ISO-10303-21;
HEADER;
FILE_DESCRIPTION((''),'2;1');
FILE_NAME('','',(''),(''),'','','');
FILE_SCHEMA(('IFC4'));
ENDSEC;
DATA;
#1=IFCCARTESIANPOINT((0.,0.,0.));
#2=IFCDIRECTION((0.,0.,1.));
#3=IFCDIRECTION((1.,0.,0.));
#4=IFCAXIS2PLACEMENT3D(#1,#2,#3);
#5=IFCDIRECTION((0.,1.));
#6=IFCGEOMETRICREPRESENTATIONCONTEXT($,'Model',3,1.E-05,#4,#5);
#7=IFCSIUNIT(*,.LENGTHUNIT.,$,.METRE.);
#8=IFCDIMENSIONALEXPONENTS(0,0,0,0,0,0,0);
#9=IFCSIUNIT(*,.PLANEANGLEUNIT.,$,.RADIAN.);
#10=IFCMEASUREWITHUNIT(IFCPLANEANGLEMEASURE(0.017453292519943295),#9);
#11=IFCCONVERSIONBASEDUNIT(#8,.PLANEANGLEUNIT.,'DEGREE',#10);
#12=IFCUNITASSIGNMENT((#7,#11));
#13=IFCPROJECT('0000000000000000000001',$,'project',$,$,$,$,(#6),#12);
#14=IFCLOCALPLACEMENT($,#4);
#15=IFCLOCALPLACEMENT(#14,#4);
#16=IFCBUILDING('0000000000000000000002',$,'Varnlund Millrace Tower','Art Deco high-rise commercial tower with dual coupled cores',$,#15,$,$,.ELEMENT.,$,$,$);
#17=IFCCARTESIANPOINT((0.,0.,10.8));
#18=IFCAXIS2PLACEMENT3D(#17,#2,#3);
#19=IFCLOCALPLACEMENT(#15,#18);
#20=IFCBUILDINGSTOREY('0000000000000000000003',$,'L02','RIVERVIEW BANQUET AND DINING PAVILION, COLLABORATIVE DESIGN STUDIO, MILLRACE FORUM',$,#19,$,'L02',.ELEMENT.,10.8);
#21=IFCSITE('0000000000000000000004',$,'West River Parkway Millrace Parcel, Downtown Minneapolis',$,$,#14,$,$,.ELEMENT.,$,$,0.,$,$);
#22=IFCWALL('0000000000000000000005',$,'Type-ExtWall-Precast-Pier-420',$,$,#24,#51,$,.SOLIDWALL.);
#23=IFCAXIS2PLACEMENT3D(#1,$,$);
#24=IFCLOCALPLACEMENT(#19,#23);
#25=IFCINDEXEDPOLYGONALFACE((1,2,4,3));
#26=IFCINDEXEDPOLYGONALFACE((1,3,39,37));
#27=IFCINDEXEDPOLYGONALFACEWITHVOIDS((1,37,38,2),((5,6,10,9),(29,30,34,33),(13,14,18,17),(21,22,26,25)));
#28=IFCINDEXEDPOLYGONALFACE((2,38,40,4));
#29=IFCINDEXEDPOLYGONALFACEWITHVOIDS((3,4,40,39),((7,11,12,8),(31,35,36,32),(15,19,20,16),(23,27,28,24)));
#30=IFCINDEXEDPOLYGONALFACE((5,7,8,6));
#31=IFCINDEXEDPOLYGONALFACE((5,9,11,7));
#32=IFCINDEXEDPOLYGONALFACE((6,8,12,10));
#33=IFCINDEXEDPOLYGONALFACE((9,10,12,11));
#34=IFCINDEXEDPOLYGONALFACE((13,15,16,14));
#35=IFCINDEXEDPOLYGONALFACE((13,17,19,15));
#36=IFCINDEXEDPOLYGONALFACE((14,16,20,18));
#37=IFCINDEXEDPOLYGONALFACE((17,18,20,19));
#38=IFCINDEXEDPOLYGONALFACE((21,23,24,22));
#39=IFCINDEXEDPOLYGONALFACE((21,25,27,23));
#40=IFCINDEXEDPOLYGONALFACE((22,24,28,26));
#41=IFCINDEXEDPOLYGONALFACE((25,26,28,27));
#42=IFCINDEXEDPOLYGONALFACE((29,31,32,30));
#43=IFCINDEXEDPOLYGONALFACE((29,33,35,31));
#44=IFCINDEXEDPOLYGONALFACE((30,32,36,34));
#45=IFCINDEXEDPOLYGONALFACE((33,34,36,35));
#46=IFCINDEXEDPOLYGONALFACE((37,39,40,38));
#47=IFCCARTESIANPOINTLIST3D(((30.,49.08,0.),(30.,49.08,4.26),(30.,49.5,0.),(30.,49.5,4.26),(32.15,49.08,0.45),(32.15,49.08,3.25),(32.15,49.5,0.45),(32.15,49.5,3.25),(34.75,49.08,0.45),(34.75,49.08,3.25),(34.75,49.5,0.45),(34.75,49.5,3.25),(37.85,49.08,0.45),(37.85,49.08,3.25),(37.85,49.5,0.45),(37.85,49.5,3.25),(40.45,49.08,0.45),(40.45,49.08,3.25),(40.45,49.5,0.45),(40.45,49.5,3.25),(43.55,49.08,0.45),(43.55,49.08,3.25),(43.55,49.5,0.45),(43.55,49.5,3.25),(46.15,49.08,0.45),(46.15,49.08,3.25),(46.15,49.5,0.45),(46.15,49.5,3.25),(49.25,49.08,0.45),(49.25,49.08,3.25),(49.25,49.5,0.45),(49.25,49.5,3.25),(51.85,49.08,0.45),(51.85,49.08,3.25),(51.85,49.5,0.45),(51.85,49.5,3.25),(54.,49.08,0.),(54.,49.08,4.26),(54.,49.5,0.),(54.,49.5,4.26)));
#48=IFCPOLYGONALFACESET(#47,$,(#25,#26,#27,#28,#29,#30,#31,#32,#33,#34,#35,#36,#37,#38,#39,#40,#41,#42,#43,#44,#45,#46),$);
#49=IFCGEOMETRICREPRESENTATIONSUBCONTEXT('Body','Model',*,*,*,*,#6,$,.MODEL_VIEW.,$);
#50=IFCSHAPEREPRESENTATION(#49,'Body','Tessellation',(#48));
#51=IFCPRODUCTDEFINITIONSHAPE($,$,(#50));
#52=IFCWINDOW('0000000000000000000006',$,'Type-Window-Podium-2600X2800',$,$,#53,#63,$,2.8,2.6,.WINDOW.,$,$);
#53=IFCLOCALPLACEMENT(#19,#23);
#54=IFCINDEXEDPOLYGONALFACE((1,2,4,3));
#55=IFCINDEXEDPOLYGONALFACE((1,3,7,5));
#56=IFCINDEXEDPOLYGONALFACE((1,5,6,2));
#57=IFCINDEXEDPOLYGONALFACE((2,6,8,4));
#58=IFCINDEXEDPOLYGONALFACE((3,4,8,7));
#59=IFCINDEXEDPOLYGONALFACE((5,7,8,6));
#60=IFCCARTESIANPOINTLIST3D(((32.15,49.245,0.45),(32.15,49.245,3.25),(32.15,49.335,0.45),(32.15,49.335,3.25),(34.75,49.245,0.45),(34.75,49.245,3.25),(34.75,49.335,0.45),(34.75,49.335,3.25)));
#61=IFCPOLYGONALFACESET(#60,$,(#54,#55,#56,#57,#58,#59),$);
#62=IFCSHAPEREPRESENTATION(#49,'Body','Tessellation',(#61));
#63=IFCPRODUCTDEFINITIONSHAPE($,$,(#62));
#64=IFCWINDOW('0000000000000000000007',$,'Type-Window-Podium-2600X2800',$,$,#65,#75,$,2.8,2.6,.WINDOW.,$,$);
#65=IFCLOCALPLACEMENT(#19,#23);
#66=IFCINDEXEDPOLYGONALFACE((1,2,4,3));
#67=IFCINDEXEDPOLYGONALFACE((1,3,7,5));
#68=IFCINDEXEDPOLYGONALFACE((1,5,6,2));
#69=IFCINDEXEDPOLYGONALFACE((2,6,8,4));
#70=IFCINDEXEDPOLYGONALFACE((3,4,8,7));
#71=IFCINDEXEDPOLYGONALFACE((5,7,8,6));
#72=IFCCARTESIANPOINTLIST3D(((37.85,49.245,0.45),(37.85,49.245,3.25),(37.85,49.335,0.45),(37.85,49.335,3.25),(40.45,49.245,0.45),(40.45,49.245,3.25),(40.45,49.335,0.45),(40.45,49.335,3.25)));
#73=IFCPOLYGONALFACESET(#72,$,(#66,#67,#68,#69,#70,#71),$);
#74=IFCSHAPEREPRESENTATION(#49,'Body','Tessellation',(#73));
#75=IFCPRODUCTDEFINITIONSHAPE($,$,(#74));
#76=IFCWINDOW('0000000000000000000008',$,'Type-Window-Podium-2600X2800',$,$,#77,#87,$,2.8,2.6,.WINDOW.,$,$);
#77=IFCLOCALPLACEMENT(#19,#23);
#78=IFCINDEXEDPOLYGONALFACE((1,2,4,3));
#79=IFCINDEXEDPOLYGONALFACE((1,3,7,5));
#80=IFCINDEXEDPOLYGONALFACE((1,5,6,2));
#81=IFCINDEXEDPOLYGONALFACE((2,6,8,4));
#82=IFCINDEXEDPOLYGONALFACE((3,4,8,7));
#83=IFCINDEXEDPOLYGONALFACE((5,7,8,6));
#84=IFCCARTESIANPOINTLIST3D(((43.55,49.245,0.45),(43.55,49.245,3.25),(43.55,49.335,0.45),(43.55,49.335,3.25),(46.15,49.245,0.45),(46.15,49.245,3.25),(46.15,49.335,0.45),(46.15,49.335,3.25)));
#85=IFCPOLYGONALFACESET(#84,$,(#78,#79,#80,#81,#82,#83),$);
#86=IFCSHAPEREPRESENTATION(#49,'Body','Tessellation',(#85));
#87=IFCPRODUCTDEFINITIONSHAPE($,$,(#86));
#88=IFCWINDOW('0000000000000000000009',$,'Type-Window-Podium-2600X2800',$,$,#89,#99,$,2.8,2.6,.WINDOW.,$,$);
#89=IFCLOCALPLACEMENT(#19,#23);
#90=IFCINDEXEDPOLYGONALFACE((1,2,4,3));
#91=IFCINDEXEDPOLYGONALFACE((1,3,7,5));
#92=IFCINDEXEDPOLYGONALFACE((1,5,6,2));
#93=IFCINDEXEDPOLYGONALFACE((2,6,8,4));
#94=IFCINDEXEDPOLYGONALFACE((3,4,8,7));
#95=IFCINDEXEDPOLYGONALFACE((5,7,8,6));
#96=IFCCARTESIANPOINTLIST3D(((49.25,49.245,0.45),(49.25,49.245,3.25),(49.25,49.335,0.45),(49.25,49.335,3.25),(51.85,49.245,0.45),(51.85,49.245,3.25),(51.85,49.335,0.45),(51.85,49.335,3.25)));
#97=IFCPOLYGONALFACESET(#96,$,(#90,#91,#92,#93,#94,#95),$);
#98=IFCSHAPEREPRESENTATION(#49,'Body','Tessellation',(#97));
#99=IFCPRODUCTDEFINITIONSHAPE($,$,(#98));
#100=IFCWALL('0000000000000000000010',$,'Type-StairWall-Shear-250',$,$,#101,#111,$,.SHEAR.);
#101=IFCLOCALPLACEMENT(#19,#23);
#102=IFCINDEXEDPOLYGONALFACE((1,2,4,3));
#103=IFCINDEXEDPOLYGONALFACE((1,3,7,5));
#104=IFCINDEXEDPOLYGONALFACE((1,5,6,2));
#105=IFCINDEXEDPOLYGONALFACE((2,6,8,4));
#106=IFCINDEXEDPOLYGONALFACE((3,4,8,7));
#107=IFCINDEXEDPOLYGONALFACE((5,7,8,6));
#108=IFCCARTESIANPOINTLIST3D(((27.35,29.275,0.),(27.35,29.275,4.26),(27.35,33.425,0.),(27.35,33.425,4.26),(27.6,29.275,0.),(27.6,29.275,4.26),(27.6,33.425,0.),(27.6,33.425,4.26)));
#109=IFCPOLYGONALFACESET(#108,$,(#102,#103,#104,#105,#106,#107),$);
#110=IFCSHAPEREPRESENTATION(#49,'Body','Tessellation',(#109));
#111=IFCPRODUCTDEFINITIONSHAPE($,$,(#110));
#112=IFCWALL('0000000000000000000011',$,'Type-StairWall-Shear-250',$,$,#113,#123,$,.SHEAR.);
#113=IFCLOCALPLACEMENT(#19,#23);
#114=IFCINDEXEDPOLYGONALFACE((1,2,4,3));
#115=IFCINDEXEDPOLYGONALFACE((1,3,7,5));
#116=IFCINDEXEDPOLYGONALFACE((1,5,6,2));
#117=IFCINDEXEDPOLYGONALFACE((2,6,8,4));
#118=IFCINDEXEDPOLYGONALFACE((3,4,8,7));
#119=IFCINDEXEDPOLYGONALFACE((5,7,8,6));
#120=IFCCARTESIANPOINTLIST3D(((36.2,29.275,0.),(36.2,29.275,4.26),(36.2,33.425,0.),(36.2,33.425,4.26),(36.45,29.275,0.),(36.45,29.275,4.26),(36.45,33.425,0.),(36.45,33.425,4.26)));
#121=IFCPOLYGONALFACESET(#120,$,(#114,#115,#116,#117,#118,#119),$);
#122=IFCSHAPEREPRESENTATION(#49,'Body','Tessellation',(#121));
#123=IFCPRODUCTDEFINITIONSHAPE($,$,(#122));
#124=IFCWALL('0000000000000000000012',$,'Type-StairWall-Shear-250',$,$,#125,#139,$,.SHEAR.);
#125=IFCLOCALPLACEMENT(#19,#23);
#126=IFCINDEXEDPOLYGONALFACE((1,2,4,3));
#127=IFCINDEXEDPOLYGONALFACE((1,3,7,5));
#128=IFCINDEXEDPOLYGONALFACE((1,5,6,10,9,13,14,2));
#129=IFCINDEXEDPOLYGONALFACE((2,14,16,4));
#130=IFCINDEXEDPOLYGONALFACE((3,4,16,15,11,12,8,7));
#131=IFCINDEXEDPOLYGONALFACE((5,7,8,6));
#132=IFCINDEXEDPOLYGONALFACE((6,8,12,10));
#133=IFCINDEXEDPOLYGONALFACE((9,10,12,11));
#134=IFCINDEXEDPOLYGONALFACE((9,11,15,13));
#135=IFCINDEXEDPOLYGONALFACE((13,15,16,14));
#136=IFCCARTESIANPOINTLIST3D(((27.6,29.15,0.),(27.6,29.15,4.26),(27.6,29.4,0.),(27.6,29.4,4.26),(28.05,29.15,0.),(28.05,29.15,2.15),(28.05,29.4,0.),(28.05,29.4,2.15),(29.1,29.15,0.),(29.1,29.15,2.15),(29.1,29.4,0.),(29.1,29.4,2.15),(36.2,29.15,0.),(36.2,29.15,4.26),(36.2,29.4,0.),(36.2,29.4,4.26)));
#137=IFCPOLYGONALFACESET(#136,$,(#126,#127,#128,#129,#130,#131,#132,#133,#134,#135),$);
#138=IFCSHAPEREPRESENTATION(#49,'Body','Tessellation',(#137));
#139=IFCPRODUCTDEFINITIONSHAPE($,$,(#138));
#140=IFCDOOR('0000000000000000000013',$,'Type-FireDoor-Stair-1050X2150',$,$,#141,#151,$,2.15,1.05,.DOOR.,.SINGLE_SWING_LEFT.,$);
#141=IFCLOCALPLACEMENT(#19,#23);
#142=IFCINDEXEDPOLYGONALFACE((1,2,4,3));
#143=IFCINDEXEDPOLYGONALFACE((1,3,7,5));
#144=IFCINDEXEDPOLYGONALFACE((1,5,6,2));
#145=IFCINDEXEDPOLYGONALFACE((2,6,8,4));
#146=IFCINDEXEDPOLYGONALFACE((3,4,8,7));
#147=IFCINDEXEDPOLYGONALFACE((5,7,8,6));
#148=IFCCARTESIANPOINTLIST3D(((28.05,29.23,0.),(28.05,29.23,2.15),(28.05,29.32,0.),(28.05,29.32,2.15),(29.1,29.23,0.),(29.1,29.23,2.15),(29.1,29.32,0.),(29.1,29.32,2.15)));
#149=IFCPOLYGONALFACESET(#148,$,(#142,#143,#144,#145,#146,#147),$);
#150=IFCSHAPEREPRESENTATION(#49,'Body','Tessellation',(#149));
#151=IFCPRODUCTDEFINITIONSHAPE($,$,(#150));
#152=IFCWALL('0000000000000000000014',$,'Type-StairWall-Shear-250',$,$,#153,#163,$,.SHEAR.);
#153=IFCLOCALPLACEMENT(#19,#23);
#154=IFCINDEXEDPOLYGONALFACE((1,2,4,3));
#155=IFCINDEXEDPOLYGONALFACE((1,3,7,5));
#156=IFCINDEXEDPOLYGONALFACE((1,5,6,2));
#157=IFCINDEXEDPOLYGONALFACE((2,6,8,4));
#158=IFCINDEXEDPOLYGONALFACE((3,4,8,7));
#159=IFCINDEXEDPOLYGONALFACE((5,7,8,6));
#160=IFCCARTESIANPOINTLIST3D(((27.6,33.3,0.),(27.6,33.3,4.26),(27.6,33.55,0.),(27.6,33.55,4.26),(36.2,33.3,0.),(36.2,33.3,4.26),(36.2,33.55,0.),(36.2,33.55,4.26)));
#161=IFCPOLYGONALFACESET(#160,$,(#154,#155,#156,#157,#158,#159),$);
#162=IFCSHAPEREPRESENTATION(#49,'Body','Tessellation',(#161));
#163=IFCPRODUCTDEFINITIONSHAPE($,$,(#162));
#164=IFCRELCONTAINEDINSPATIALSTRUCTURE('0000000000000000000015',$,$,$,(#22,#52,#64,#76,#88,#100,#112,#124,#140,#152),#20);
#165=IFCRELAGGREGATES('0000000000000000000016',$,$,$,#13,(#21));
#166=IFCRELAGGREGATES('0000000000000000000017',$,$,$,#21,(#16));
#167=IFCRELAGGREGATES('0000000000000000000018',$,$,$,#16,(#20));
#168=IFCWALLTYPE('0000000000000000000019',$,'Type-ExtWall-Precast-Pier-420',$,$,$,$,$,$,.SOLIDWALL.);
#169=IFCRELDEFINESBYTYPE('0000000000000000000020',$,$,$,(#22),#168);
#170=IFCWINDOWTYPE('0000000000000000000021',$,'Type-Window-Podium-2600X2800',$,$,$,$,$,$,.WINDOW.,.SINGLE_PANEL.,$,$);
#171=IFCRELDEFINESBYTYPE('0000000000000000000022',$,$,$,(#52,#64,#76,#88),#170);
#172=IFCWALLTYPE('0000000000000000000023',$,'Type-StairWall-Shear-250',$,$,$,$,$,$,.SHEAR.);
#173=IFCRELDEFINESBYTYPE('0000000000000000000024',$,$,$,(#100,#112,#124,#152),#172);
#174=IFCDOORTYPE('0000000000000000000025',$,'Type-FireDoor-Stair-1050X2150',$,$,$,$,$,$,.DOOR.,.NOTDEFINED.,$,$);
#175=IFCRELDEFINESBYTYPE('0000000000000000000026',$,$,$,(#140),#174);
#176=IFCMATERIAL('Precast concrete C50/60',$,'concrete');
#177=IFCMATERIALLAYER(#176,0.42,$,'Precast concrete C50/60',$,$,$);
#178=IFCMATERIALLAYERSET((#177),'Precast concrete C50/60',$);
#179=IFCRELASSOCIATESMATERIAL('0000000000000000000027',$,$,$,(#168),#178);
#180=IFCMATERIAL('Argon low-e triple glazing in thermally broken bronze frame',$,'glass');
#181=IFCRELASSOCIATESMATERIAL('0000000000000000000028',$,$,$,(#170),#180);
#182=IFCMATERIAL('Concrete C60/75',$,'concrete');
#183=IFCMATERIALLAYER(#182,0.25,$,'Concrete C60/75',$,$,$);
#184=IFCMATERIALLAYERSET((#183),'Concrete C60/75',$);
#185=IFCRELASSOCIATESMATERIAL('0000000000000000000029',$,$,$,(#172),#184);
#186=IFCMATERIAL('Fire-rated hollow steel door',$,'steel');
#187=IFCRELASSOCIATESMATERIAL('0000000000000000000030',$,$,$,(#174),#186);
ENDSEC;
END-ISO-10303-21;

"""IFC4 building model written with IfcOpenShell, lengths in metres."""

from ifc_helpers import new_model, entity, si_unit, converted_unit, direction, frame, origin_with_axes, origin_2d_with_axis, place, context, subcontext, project, spatial, polyline, rectangle, outline, extrude, material, layer, layer_set, type_object, element, fill, save


model = new_model("IFC4")

# Units and contexts
model_context = context("Model", 3, precision=1e-05, world=origin_with_axes(), true_north=direction((0.0, 1.0)))
body_context = subcontext(model_context, "Body", "Model", "MODEL_VIEW")
ifc_project = project(units=[si_unit("LENGTHUNIT", "METRE"), converted_unit("PLANEANGLEUNIT", "DEGREE", entity("IfcPlaneAngleMeasure", 0.017453292519943295), si_unit("PLANEANGLEUNIT", "RADIAN"), dimensions=[0, 0, 0, 0, 0, 0, 0])], contexts=[model_context])

# Site, building, storey
site_placement = place(None, origin_with_axes())
site = spatial("IfcSite", under=ifc_project, at=site_placement, Name="West River Parkway Millrace Parcel, Downtown Minneapolis", CompositionType="ELEMENT", RefElevation=0.0)
building_placement = place(site_placement, origin_with_axes())
building = spatial("IfcBuilding", under=site, at=building_placement, Name="Varnlund Millrace Tower", Description="Art Deco high-rise commercial tower with dual coupled cores", CompositionType="ELEMENT")
storey_placement = place(building_placement, frame((0.0, 0.0, 10.8), z_axis=(0.0, 0.0, 1.0), x_axis=(1.0, 0.0, 0.0)))
storey = spatial("IfcBuildingStorey", under=building, at=storey_placement, Name="L02", Description="RIVERVIEW BANQUET AND DINING PAVILION, COLLABORATIVE DESIGN STUDIO, MILLRACE FORUM", LongName="L02", CompositionType="ELEMENT", Elevation=10.8)

# Wall, openings, windows
ifc_material_1 = material(Name="Precast concrete C50/60", Category="concrete")
ifc_layer_1 = layer(ifc_material_1, 0.42, Name="Precast concrete C50/60")
ifc_layer_set_1 = layer_set([ifc_layer_1], Name="Precast concrete C50/60")
wall_type_1 = type_object("IfcWallType", Name="Type-ExtWall-Precast-Pier-420", PredefinedType="SOLIDWALL", material=ifc_layer_set_1)
wall_1_placement = place(storey_placement, frame((30.0, 49.29, 0.0), z_axis=(0.0, 0.0, 1.0), x_axis=(1.0, 0.0, 0.0)))
wall_1 = element("IfcWall", 1, at=wall_1_placement, inside=storey, type_object=wall_type_1, Name="Type-ExtWall-Precast-Pier-420", PredefinedType="SOLIDWALL", context=body_context, shape_type="SweptSolid", body=[
    extrude(outline(polyline([(0.0, -0.21), (24.0, -0.21), (24.0, 0.21), (0.0, 0.21), (0.0, -0.21)])), origin_with_axes(), (0.0, 0.0, 1.0), 4.26),
])
opening_1_placement = place(wall_1_placement, frame((3.45, 0.0, 0.45), z_axis=(0.0, 0.0, 1.0), x_axis=(1.0, 0.0, 0.0)))
opening_1 = element("IfcOpeningElement", 2, at=opening_1_placement, cuts=wall_1, PredefinedType="OPENING", context=body_context, shape_type="SweptSolid", body=[
    extrude(rectangle(XDim=2.6, YDim=0.44, at=origin_2d_with_axis()), origin_with_axes(), (0.0, 0.0, 1.0), 2.8),
])
opening_2_placement = place(wall_1_placement, frame((9.15, 0.0, 0.45), z_axis=(0.0, 0.0, 1.0), x_axis=(1.0, 0.0, 0.0)))
opening_2 = element("IfcOpeningElement", 3, at=opening_2_placement, cuts=wall_1, PredefinedType="OPENING", context=body_context, shape_type="SweptSolid", body=[
    extrude(rectangle(XDim=2.6, YDim=0.44, at=origin_2d_with_axis()), origin_with_axes(), (0.0, 0.0, 1.0), 2.8),
])
opening_3_placement = place(wall_1_placement, frame((14.85, 0.0, 0.45), z_axis=(0.0, 0.0, 1.0), x_axis=(1.0, 0.0, 0.0)))
opening_3 = element("IfcOpeningElement", 4, at=opening_3_placement, cuts=wall_1, PredefinedType="OPENING", context=body_context, shape_type="SweptSolid", body=[
    extrude(rectangle(XDim=2.6, YDim=0.44, at=origin_2d_with_axis()), origin_with_axes(), (0.0, 0.0, 1.0), 2.8),
])
opening_4_placement = place(wall_1_placement, frame((20.55, 0.0, 0.45), z_axis=(0.0, 0.0, 1.0), x_axis=(1.0, 0.0, 0.0)))
opening_4 = element("IfcOpeningElement", 5, at=opening_4_placement, cuts=wall_1, PredefinedType="OPENING", context=body_context, shape_type="SweptSolid", body=[
    extrude(rectangle(XDim=2.6, YDim=0.44, at=origin_2d_with_axis()), origin_with_axes(), (0.0, 0.0, 1.0), 2.8),
])
ifc_material_2 = material(Name="Argon low-e triple glazing in thermally broken bronze frame", Category="glass")
window_type = type_object("IfcWindowType", Name="Type-Window-Podium-2600X2800", PartitioningType="SINGLE_PANEL", PredefinedType="WINDOW", material=ifc_material_2)
window_1_placement = place(wall_1_placement, frame((3.45, 0.0, 0.45), z_axis=(0.0, 0.0, 1.0), x_axis=(1.0, 0.0, 0.0)))
window_1 = element("IfcWindow", 6, at=window_1_placement, inside=storey, type_object=window_type, Name="Type-Window-Podium-2600X2800", OverallHeight=2.8, OverallWidth=2.6, PredefinedType="WINDOW", context=body_context, shape_type="SweptSolid", body=[
    extrude(rectangle(XDim=2.6, YDim=0.09, at=origin_2d_with_axis()), origin_with_axes(), (0.0, 0.0, 1.0), 2.8),
])
fill(opening_1, window_1)
window_2_placement = place(wall_1_placement, frame((9.15, 0.0, 0.45), z_axis=(0.0, 0.0, 1.0), x_axis=(1.0, 0.0, 0.0)))
window_2 = element("IfcWindow", 7, at=window_2_placement, inside=storey, type_object=window_type, Name="Type-Window-Podium-2600X2800", OverallHeight=2.8, OverallWidth=2.6, PredefinedType="WINDOW", context=body_context, shape_type="SweptSolid", body=[
    extrude(rectangle(XDim=2.6, YDim=0.09, at=origin_2d_with_axis()), origin_with_axes(), (0.0, 0.0, 1.0), 2.8),
])
fill(opening_2, window_2)
window_3_placement = place(wall_1_placement, frame((14.85, 0.0, 0.45), z_axis=(0.0, 0.0, 1.0), x_axis=(1.0, 0.0, 0.0)))
window_3 = element("IfcWindow", 8, at=window_3_placement, inside=storey, type_object=window_type, Name="Type-Window-Podium-2600X2800", OverallHeight=2.8, OverallWidth=2.6, PredefinedType="WINDOW", context=body_context, shape_type="SweptSolid", body=[
    extrude(rectangle(XDim=2.6, YDim=0.09, at=origin_2d_with_axis()), origin_with_axes(), (0.0, 0.0, 1.0), 2.8),
])
fill(opening_3, window_3)
window_4_placement = place(wall_1_placement, frame((20.55, 0.0, 0.45), z_axis=(0.0, 0.0, 1.0), x_axis=(1.0, 0.0, 0.0)))
window_4 = element("IfcWindow", 9, at=window_4_placement, inside=storey, type_object=window_type, Name="Type-Window-Podium-2600X2800", OverallHeight=2.8, OverallWidth=2.6, PredefinedType="WINDOW", context=body_context, shape_type="SweptSolid", body=[
    extrude(rectangle(XDim=2.6, YDim=0.09, at=origin_2d_with_axis()), origin_with_axes(), (0.0, 0.0, 1.0), 2.8),
])
fill(opening_4, window_4)

# Walls
ifc_material_3 = material(Name="Concrete C60/75", Category="concrete")
ifc_layer_2 = layer(ifc_material_3, 0.25, Name="Concrete C60/75")
ifc_layer_set_2 = layer_set([ifc_layer_2], Name="Concrete C60/75")
wall_type_2 = type_object("IfcWallType", Name="Type-StairWall-Shear-250", PredefinedType="SHEAR", material=ifc_layer_set_2)
for number, where, z_axis, x_axis, name in (
    (10, (27.475, 29.275, 0.0), (0.0, 0.0, 1.0), (0.0, 1.0, 0.0), "Type-StairWall-Shear-250"),
    (11, (36.325, 29.275, 0.0), (0.0, 0.0, 1.0), (0.0, 1.0, 0.0), "Type-StairWall-Shear-250"),
):
    element("IfcWall", number, at=place(storey_placement, frame(where, z_axis=z_axis, x_axis=x_axis)), inside=storey, type_object=wall_type_2, Name=name, PredefinedType="SHEAR", context=body_context, shape_type="SweptSolid", body=[
        extrude(outline(polyline([(0.0, -0.125), (4.15, -0.125), (4.15, 0.125), (0.0, 0.125), (0.0, -0.125)])), origin_with_axes(), (0.0, 0.0, 1.0), 4.26),
    ])

# Wall, opening, door
wall_2_placement = place(storey_placement, frame((27.6, 29.275, 0.0), z_axis=(0.0, 0.0, 1.0), x_axis=(1.0, 0.0, 0.0)))
wall_2 = element("IfcWall", 12, at=wall_2_placement, inside=storey, type_object=wall_type_2, Name="Type-StairWall-Shear-250", PredefinedType="SHEAR", context=body_context, shape_type="SweptSolid", body=[
    extrude(outline(polyline([(0.0, -0.125), (8.6, -0.125), (8.6, 0.125), (0.0, 0.125), (0.0, -0.125)])), origin_with_axes(), (0.0, 0.0, 1.0), 4.26),
])
opening_5_placement = place(wall_2_placement, frame((0.975, 0.0, 0.0), z_axis=(0.0, 0.0, 1.0), x_axis=(1.0, 0.0, 0.0)))
opening_5 = element("IfcOpeningElement", 13, at=opening_5_placement, cuts=wall_2, PredefinedType="OPENING", context=body_context, shape_type="SweptSolid", body=[
    extrude(rectangle(XDim=1.05, YDim=0.27, at=origin_2d_with_axis()), origin_with_axes(), (0.0, 0.0, 1.0), 2.15),
])
ifc_material_4 = material(Name="Fire-rated hollow steel door", Category="steel")
door_type = type_object("IfcDoorType", Name="Type-FireDoor-Stair-1050X2150", OperationType="NOTDEFINED", PredefinedType="DOOR", material=ifc_material_4)
door_placement = place(wall_2_placement, frame((0.975, 0.0, 0.0), z_axis=(0.0, 0.0, 1.0), x_axis=(1.0, 0.0, 0.0)))
door = element("IfcDoor", 14, at=door_placement, inside=storey, type_object=door_type, Name="Type-FireDoor-Stair-1050X2150", OperationType="SINGLE_SWING_LEFT", OverallHeight=2.15, OverallWidth=1.05, PredefinedType="DOOR", context=body_context, shape_type="SweptSolid", body=[
    extrude(rectangle(XDim=1.05, YDim=0.09, at=origin_2d_with_axis()), origin_with_axes(), (0.0, 0.0, 1.0), 2.15),
])
fill(opening_5, door)

# Wall
wall_3_placement = place(storey_placement, frame((27.6, 33.425, 0.0), z_axis=(0.0, 0.0, 1.0), x_axis=(1.0, 0.0, 0.0)))
element("IfcWall", 15, at=wall_3_placement, inside=storey, type_object=wall_type_2, Name="Type-StairWall-Shear-250", PredefinedType="SHEAR", context=body_context, shape_type="SweptSolid", body=[
    extrude(outline(polyline([(0.0, -0.125), (8.6, -0.125), (8.6, 0.125), (0.0, 0.125), (0.0, -0.125)])), origin_with_axes(), (0.0, 0.0, 1.0), 4.26),
])

save(model, "model.ifc")
